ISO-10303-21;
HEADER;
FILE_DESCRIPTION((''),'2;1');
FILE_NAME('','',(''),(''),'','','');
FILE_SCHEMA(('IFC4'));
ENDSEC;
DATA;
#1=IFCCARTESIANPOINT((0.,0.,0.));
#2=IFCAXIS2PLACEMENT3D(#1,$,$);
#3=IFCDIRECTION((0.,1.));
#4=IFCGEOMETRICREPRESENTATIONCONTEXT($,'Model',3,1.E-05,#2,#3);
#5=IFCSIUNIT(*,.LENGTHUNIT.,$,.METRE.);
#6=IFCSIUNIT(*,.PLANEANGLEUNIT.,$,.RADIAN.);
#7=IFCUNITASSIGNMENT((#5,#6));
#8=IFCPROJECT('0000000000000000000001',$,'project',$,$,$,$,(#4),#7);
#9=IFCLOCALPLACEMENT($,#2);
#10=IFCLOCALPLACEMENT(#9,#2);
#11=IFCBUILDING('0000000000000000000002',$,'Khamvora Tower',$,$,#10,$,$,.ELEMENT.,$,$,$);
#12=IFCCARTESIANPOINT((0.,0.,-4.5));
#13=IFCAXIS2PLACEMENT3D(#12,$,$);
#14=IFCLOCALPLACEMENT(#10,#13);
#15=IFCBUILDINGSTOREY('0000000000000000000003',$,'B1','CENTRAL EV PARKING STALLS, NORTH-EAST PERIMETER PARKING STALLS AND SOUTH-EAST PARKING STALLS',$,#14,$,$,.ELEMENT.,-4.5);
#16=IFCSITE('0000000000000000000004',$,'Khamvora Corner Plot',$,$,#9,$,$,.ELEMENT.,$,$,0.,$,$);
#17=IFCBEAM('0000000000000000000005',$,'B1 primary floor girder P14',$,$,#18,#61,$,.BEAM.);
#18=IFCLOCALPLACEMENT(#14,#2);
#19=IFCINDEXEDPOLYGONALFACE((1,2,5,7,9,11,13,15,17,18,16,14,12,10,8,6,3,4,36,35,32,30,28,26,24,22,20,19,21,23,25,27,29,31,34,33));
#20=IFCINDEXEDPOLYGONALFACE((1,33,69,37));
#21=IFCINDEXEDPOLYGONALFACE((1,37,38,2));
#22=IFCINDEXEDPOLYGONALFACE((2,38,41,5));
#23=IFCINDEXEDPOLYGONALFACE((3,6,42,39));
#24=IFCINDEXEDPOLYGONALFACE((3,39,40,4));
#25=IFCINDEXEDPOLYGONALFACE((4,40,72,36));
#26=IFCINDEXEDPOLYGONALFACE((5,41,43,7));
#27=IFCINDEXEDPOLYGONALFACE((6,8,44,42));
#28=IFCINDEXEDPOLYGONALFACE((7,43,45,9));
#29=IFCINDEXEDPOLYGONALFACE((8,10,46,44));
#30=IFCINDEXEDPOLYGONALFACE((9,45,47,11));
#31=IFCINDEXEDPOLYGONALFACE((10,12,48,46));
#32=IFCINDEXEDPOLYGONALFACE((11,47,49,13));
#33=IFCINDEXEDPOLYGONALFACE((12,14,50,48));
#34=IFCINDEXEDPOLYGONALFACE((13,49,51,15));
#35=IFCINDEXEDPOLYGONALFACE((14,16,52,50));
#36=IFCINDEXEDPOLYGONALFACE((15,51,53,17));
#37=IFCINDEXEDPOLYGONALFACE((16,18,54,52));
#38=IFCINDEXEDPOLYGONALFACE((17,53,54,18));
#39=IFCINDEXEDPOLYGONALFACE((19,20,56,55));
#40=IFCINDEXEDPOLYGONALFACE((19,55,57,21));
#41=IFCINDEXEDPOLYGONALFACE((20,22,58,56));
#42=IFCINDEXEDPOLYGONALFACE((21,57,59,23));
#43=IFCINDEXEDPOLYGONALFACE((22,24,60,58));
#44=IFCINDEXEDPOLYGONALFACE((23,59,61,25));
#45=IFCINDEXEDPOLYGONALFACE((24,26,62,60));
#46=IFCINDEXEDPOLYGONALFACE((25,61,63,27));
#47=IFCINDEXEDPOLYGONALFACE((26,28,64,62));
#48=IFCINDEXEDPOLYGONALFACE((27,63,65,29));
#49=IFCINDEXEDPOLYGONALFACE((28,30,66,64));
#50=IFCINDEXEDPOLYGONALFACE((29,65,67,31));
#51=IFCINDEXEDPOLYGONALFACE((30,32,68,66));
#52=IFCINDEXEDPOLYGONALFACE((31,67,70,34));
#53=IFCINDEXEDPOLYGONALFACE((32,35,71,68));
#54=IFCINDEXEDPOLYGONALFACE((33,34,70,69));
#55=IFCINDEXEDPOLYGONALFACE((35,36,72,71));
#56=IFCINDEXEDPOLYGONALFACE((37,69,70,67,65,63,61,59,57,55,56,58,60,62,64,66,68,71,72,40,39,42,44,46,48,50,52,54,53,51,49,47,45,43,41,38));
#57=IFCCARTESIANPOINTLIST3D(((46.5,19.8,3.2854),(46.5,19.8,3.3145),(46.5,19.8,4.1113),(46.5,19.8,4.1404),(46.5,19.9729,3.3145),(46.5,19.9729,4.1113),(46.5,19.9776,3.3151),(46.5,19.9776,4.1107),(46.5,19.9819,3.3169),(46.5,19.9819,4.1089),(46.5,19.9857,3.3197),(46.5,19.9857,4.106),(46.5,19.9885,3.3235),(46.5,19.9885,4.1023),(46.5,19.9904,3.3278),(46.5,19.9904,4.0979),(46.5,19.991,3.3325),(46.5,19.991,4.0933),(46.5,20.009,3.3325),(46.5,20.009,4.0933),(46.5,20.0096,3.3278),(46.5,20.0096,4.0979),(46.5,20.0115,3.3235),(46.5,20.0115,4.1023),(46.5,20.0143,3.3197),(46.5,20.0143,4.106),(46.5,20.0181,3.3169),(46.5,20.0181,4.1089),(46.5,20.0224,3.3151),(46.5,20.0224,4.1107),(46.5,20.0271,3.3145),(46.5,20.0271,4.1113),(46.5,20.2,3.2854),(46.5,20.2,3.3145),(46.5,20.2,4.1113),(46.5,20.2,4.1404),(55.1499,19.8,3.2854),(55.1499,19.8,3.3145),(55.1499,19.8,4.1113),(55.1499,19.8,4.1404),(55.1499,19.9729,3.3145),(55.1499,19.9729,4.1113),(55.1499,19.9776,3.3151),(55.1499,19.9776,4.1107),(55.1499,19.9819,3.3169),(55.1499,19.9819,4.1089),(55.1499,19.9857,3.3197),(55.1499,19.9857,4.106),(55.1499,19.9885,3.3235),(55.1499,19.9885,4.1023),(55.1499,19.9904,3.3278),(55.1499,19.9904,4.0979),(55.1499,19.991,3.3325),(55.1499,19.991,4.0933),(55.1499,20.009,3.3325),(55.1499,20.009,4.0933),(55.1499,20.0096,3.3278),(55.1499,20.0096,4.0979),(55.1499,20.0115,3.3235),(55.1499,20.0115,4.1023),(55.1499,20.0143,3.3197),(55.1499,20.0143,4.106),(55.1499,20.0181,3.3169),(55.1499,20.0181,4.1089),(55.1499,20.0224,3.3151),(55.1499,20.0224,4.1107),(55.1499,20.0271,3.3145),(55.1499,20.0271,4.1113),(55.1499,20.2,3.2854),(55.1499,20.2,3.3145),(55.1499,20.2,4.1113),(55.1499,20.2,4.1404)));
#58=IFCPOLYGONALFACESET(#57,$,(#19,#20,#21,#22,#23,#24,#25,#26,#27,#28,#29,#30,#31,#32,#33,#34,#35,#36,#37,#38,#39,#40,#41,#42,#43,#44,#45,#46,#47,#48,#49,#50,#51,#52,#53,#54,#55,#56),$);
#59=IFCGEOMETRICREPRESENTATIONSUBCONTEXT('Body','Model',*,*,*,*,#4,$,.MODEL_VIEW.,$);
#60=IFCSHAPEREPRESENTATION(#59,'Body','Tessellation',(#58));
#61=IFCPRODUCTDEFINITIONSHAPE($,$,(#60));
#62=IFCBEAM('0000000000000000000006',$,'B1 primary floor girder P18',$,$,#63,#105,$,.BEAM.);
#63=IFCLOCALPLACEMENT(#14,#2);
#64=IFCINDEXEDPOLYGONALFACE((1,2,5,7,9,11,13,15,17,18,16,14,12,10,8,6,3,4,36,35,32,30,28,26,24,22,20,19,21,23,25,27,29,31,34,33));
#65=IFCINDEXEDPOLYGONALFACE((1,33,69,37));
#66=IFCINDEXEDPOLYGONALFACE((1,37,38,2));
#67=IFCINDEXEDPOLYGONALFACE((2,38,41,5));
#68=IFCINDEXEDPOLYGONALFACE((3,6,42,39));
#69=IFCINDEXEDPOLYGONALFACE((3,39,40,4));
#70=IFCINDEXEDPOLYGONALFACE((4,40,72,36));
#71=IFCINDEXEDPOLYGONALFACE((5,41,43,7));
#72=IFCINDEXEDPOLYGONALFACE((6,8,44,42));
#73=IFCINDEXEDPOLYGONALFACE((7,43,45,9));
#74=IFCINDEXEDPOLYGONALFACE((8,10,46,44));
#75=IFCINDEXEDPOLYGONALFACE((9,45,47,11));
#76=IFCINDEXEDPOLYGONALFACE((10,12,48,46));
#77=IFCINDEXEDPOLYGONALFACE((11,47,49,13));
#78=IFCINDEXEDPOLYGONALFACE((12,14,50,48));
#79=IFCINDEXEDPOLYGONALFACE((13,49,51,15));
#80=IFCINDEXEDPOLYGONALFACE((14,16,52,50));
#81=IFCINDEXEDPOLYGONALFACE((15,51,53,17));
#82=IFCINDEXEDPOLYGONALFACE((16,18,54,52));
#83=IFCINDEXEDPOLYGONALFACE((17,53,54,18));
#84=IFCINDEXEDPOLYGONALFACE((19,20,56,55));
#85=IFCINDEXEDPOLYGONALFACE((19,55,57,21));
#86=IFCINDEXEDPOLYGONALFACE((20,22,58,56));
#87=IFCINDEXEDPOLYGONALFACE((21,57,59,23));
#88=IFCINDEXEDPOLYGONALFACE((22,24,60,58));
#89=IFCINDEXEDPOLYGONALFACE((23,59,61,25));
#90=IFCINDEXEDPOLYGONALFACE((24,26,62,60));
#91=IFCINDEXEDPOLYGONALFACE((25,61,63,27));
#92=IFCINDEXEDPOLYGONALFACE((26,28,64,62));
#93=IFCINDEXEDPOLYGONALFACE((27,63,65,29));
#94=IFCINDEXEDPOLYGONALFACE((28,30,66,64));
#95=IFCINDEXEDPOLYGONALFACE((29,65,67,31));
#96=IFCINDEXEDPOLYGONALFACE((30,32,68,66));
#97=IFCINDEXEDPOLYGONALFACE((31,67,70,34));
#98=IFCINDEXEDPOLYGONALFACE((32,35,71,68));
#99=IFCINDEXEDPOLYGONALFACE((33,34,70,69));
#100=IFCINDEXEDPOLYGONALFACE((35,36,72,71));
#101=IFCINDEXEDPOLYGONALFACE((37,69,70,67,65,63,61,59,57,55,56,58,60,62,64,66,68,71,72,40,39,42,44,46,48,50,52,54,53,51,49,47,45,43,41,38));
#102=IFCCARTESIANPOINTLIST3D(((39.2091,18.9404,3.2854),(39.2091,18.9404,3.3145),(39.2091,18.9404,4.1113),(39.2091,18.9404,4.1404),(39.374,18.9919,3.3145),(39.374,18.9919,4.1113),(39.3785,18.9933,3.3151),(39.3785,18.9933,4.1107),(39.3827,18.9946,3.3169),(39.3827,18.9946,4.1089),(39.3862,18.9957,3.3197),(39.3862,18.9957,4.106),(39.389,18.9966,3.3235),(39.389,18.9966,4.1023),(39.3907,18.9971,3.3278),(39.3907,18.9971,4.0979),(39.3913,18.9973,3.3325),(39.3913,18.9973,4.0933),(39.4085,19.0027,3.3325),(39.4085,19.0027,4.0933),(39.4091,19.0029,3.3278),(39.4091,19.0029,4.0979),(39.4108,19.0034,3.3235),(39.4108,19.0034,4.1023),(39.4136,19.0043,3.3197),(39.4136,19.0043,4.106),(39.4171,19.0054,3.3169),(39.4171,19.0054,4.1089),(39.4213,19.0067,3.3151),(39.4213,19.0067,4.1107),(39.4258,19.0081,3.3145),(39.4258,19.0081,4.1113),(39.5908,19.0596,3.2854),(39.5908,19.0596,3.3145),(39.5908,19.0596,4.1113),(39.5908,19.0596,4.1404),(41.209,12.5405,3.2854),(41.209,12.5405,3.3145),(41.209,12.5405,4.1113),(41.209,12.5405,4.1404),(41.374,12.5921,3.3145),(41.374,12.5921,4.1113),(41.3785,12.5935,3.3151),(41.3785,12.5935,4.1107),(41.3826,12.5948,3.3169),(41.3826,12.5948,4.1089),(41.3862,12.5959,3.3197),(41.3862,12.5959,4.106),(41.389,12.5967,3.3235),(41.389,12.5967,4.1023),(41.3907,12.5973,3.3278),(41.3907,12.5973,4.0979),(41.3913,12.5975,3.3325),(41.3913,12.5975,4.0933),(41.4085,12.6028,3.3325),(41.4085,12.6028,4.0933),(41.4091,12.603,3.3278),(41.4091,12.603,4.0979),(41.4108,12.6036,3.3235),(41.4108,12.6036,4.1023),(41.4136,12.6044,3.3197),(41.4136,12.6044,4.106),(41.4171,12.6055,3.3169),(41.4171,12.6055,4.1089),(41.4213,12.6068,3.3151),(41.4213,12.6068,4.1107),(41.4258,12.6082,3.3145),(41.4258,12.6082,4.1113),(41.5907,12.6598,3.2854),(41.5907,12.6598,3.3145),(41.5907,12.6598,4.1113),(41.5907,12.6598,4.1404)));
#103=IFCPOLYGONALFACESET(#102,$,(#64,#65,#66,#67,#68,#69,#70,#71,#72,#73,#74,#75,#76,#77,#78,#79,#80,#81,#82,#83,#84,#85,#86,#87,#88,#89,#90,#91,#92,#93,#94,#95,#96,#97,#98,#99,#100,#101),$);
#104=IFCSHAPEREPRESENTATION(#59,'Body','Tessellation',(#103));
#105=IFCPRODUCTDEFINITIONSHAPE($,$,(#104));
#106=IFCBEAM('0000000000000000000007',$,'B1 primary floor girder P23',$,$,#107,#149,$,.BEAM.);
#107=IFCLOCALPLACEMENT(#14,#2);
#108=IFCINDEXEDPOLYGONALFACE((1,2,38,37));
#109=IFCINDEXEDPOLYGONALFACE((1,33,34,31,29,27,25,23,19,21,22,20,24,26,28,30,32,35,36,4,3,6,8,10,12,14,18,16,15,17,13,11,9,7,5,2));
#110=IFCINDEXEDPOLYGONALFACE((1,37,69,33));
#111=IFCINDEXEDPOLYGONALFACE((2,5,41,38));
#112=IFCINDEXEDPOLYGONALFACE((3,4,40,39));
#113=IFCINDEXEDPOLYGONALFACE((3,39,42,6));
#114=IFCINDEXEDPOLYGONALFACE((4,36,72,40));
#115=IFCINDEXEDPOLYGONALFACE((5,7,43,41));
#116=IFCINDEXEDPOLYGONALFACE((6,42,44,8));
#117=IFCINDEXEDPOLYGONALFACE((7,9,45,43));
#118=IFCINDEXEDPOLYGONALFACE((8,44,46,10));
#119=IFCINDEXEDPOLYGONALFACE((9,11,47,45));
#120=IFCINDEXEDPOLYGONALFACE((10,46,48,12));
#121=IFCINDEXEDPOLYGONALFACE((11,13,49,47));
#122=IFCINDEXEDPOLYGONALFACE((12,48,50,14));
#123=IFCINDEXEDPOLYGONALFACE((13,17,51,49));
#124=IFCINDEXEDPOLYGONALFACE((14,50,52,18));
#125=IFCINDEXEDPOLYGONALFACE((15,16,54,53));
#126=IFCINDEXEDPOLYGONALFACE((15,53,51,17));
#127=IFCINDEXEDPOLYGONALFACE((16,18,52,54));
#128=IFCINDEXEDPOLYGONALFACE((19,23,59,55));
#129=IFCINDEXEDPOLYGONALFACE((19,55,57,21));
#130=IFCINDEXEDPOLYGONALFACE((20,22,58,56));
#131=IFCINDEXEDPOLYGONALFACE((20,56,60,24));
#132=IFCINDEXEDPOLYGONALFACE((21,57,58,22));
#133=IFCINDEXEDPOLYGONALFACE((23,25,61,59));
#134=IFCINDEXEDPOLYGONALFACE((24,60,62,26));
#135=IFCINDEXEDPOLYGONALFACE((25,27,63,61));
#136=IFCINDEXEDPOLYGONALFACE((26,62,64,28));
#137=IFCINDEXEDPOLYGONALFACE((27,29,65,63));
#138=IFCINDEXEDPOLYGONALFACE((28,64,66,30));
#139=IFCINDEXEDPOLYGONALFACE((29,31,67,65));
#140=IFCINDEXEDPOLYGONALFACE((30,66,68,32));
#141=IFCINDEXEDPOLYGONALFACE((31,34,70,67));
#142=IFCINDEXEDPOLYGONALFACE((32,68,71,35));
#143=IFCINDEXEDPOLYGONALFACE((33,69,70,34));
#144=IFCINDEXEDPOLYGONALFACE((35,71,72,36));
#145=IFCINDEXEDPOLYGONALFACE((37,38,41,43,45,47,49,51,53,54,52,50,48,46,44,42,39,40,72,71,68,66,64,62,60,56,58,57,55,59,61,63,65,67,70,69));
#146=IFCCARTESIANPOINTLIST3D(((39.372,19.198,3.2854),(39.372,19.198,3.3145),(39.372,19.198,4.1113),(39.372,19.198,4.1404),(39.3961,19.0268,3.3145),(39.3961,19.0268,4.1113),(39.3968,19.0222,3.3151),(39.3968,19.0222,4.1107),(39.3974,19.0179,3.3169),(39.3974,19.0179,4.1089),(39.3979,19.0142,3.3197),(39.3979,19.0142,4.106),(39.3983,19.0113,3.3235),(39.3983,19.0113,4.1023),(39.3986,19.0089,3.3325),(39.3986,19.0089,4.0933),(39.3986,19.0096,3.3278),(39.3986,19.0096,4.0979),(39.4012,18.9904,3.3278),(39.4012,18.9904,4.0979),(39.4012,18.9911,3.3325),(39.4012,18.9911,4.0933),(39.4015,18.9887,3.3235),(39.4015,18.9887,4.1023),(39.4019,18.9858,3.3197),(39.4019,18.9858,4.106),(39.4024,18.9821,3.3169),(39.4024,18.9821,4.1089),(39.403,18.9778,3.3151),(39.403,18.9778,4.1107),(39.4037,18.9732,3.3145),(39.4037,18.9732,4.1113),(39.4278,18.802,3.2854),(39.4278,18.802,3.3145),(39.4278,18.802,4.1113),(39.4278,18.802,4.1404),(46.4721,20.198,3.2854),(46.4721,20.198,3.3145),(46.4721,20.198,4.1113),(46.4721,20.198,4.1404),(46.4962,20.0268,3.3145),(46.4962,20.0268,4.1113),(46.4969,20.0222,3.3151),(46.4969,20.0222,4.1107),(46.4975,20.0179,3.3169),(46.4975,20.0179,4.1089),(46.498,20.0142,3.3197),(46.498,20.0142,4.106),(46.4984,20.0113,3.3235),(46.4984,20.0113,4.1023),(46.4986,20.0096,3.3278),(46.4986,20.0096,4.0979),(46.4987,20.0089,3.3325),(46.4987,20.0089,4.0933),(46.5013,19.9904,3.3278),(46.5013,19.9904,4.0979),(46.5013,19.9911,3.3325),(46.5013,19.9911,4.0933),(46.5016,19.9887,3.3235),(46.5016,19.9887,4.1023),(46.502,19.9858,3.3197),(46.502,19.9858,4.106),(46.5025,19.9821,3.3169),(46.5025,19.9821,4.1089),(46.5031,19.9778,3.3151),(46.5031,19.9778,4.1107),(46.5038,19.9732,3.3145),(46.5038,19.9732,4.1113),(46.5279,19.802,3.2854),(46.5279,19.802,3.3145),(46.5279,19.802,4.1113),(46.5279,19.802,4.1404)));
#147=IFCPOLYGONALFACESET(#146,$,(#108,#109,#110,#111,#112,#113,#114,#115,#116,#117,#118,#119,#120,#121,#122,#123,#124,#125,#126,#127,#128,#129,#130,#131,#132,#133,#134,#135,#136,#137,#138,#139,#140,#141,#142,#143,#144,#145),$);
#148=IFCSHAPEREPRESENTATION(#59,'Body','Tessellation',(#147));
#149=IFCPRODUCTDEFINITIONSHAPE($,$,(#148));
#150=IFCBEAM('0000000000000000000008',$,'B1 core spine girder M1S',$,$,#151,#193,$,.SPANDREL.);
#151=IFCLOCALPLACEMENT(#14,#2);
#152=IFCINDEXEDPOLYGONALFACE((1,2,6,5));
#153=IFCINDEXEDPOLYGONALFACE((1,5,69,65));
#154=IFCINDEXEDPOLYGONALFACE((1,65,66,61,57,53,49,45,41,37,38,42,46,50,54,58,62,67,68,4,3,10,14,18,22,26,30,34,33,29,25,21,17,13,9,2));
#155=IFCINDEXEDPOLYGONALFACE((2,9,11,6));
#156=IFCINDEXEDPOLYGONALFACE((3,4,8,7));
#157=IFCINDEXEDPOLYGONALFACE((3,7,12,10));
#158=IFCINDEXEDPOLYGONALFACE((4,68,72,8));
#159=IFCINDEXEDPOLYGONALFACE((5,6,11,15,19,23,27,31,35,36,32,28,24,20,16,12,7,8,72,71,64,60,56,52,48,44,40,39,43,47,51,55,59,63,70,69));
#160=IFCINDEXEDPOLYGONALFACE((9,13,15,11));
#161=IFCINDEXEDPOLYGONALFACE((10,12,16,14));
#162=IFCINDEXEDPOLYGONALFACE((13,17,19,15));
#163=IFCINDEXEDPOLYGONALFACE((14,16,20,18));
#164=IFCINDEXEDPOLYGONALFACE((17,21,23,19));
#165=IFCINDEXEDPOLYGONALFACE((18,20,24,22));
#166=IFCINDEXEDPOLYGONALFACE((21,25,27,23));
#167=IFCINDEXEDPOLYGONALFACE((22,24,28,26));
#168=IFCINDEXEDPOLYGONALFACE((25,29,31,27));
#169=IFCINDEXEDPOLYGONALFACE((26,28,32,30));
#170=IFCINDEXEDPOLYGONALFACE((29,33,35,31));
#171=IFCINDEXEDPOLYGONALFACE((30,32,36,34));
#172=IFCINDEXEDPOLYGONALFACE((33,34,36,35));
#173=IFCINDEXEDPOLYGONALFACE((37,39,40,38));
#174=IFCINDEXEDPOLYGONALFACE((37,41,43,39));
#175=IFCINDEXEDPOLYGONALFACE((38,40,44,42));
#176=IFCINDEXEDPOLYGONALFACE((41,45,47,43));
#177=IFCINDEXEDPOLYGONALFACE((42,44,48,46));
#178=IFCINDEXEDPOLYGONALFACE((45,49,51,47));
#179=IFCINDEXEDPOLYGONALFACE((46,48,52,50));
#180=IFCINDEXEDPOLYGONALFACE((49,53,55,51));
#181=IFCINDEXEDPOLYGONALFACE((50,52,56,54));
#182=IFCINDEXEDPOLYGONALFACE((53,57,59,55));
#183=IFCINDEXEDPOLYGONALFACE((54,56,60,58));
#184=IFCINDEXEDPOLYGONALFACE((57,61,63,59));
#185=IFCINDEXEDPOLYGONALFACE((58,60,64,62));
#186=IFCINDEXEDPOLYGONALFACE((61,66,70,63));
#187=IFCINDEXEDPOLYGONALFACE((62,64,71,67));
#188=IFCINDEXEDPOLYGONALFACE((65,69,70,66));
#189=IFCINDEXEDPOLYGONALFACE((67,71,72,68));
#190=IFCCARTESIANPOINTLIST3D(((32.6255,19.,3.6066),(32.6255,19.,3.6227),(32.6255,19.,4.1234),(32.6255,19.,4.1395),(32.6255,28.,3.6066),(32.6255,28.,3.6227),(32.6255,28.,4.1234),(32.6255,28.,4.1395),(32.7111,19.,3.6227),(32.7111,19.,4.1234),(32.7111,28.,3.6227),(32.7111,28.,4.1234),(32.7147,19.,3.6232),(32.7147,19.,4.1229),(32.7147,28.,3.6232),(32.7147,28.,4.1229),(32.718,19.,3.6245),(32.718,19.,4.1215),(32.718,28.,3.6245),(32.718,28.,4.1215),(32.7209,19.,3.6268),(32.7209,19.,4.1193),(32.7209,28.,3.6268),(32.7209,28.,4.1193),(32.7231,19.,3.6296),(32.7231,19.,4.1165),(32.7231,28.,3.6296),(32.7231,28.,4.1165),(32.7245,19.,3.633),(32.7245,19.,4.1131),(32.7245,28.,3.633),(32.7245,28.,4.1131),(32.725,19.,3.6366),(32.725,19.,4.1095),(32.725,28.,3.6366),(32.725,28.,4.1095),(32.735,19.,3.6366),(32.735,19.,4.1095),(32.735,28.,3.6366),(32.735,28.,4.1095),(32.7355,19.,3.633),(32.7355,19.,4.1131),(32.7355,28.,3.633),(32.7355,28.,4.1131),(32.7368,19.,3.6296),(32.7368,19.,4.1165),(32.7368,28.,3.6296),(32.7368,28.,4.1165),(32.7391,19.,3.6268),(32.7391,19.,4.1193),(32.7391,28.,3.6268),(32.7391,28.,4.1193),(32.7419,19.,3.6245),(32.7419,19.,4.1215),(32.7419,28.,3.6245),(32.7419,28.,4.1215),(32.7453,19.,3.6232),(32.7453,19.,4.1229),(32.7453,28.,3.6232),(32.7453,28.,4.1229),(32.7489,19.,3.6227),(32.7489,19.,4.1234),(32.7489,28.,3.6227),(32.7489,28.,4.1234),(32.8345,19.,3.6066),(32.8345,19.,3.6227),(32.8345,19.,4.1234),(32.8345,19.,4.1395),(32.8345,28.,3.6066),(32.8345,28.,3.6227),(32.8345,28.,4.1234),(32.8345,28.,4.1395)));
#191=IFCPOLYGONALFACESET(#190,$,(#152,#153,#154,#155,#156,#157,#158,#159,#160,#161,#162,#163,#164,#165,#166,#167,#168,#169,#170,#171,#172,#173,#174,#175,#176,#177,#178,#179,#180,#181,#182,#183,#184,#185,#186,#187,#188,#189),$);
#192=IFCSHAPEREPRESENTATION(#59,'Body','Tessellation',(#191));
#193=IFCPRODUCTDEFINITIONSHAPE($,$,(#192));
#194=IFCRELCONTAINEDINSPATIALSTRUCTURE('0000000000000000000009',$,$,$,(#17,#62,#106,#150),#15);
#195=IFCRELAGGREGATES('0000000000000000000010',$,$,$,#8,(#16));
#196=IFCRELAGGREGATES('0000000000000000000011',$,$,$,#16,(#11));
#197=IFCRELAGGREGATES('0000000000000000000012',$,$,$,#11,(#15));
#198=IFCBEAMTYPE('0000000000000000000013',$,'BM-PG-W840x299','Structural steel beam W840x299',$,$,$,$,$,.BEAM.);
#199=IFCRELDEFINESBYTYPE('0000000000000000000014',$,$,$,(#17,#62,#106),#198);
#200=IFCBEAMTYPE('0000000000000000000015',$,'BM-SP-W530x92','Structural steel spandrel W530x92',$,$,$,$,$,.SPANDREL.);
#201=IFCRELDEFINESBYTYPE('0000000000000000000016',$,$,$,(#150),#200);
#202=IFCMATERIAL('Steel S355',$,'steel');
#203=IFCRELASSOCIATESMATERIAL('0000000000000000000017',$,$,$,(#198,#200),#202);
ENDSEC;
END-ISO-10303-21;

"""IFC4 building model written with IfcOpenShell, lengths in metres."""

from ifc_helpers import new_model, si_unit, direction, frame, origin, origin_2d, place, context, subcontext, project, spatial, i_section, extrude, material, material_profile, profile_set, type_object, element, save


model = new_model("IFC4")

# Units and contexts
model_context = context("Model", 3, precision=1e-05, world=origin(), true_north=direction((0.0, 1.0)))
body_context = subcontext(model_context, "Body", "Model", "MODEL_VIEW")
ifc_project = project(units=[si_unit("LENGTHUNIT", "METRE"), si_unit("PLANEANGLEUNIT", "RADIAN")], contexts=[model_context])

# Site, building, storey
site_placement = place(None, origin())
site = spatial("IfcSite", under=ifc_project, at=site_placement, Name="Khamvora Corner Plot", CompositionType="ELEMENT", RefElevation=0.0)
building_placement = place(site_placement, origin())
building = spatial("IfcBuilding", under=site, at=building_placement, Name="Khamvora Tower", CompositionType="ELEMENT")
storey_placement = place(building_placement, frame((0.0, 0.0, -4.5)))
storey = spatial("IfcBuildingStorey", under=building, at=storey_placement, Name="B1", Description="CENTRAL EV PARKING STALLS, NORTH-EAST PERIMETER PARKING STALLS AND SOUTH-EAST PARKING STALLS", CompositionType="ELEMENT", Elevation=-4.5)

# Beams
ifc_material_1 = material(Name="Steel S355", Category="steel")
ifc_material_profile_1 = material_profile(ifc_material_1, i_section(OverallWidth=0.3999, OverallDepth=0.855, WebThickness=0.0181, FlangeThickness=0.0291, FilletRadius=0.0181, at=origin_2d()), Name="W840x299")
ifc_profile_set_1 = profile_set([ifc_material_profile_1], Name="Steel S355")
beam_type_1 = type_object("IfcBeamType", Name="BM-PG-W840x299", Description="Structural steel beam W840x299", PredefinedType="BEAM", material=ifc_profile_set_1)
beam_1_placement = place(storey_placement, frame((46.5, 20.0, 3.7129), z_axis=(1.0, 0.0, 0.0), x_axis=(0.0, 1.0, 0.0)))
element("IfcBeam", 1, at=beam_1_placement, inside=storey, type_object=beam_type_1, Name="B1 primary floor girder P14", PredefinedType="BEAM", context=body_context, shape_type="SweptSolid", body=[
    extrude(i_section(OverallWidth=0.3999, OverallDepth=0.855, WebThickness=0.0181, FlangeThickness=0.0291, FilletRadius=0.0181, at=origin_2d()), origin(), (0.0, 0.0, 1.0), 8.6499),
])
beam_2_placement = place(storey_placement, frame((39.3999, 19.0, 3.7129), z_axis=(0.298279, -0.954479, 0.0), x_axis=(0.954479, 0.298279, 0.0)))
element("IfcBeam", 2, at=beam_2_placement, inside=storey, type_object=beam_type_1, Name="B1 primary floor girder P18", PredefinedType="BEAM", context=body_context, shape_type="SweptSolid", body=[
    extrude(i_section(OverallWidth=0.3999, OverallDepth=0.855, WebThickness=0.0181, FlangeThickness=0.0291, FilletRadius=0.0181, at=origin_2d()), origin(), (0.0, 0.0, 1.0), 6.7051),
])
beam_3_placement = place(storey_placement, frame((39.3999, 19.0, 3.7129), z_axis=(0.990227, 0.139467, 0.0), x_axis=(-0.139467, 0.990227, 0.0)))
element("IfcBeam", 3, at=beam_3_placement, inside=storey, type_object=beam_type_1, Name="B1 primary floor girder P23", PredefinedType="BEAM", context=body_context, shape_type="SweptSolid", body=[
    extrude(i_section(OverallWidth=0.3999, OverallDepth=0.855, WebThickness=0.0181, FlangeThickness=0.0291, FilletRadius=0.0181, at=origin_2d()), origin(), (0.0, 0.0, 1.0), 7.1702),
])
ifc_material_profile_2 = material_profile(ifc_material_1, i_section(OverallWidth=0.209, OverallDepth=0.533, WebThickness=0.01, FlangeThickness=0.0161, FilletRadius=0.0139, at=origin_2d()), Name="W530x92")
ifc_profile_set_2 = profile_set([ifc_material_profile_2], Name="Steel S355")
beam_type_2 = type_object("IfcBeamType", Name="BM-SP-W530x92", Description="Structural steel spandrel W530x92", PredefinedType="SPANDREL", material=ifc_profile_set_2)
beam_4_placement = place(storey_placement, frame((32.73, 19.0, 3.873), z_axis=(0.0, 1.0, 0.0), x_axis=(-1.0, 0.0, 0.0)))
element("IfcBeam", 4, at=beam_4_placement, inside=storey, type_object=beam_type_2, Name="B1 core spine girder M1S", PredefinedType="SPANDREL", context=body_context, shape_type="SweptSolid", body=[
    extrude(i_section(OverallWidth=0.209, OverallDepth=0.533, WebThickness=0.01, FlangeThickness=0.0161, FilletRadius=0.0139, at=origin_2d()), origin(), (0.0, 0.0, 1.0), 9.0),
])

save(model, "model.ifc")
